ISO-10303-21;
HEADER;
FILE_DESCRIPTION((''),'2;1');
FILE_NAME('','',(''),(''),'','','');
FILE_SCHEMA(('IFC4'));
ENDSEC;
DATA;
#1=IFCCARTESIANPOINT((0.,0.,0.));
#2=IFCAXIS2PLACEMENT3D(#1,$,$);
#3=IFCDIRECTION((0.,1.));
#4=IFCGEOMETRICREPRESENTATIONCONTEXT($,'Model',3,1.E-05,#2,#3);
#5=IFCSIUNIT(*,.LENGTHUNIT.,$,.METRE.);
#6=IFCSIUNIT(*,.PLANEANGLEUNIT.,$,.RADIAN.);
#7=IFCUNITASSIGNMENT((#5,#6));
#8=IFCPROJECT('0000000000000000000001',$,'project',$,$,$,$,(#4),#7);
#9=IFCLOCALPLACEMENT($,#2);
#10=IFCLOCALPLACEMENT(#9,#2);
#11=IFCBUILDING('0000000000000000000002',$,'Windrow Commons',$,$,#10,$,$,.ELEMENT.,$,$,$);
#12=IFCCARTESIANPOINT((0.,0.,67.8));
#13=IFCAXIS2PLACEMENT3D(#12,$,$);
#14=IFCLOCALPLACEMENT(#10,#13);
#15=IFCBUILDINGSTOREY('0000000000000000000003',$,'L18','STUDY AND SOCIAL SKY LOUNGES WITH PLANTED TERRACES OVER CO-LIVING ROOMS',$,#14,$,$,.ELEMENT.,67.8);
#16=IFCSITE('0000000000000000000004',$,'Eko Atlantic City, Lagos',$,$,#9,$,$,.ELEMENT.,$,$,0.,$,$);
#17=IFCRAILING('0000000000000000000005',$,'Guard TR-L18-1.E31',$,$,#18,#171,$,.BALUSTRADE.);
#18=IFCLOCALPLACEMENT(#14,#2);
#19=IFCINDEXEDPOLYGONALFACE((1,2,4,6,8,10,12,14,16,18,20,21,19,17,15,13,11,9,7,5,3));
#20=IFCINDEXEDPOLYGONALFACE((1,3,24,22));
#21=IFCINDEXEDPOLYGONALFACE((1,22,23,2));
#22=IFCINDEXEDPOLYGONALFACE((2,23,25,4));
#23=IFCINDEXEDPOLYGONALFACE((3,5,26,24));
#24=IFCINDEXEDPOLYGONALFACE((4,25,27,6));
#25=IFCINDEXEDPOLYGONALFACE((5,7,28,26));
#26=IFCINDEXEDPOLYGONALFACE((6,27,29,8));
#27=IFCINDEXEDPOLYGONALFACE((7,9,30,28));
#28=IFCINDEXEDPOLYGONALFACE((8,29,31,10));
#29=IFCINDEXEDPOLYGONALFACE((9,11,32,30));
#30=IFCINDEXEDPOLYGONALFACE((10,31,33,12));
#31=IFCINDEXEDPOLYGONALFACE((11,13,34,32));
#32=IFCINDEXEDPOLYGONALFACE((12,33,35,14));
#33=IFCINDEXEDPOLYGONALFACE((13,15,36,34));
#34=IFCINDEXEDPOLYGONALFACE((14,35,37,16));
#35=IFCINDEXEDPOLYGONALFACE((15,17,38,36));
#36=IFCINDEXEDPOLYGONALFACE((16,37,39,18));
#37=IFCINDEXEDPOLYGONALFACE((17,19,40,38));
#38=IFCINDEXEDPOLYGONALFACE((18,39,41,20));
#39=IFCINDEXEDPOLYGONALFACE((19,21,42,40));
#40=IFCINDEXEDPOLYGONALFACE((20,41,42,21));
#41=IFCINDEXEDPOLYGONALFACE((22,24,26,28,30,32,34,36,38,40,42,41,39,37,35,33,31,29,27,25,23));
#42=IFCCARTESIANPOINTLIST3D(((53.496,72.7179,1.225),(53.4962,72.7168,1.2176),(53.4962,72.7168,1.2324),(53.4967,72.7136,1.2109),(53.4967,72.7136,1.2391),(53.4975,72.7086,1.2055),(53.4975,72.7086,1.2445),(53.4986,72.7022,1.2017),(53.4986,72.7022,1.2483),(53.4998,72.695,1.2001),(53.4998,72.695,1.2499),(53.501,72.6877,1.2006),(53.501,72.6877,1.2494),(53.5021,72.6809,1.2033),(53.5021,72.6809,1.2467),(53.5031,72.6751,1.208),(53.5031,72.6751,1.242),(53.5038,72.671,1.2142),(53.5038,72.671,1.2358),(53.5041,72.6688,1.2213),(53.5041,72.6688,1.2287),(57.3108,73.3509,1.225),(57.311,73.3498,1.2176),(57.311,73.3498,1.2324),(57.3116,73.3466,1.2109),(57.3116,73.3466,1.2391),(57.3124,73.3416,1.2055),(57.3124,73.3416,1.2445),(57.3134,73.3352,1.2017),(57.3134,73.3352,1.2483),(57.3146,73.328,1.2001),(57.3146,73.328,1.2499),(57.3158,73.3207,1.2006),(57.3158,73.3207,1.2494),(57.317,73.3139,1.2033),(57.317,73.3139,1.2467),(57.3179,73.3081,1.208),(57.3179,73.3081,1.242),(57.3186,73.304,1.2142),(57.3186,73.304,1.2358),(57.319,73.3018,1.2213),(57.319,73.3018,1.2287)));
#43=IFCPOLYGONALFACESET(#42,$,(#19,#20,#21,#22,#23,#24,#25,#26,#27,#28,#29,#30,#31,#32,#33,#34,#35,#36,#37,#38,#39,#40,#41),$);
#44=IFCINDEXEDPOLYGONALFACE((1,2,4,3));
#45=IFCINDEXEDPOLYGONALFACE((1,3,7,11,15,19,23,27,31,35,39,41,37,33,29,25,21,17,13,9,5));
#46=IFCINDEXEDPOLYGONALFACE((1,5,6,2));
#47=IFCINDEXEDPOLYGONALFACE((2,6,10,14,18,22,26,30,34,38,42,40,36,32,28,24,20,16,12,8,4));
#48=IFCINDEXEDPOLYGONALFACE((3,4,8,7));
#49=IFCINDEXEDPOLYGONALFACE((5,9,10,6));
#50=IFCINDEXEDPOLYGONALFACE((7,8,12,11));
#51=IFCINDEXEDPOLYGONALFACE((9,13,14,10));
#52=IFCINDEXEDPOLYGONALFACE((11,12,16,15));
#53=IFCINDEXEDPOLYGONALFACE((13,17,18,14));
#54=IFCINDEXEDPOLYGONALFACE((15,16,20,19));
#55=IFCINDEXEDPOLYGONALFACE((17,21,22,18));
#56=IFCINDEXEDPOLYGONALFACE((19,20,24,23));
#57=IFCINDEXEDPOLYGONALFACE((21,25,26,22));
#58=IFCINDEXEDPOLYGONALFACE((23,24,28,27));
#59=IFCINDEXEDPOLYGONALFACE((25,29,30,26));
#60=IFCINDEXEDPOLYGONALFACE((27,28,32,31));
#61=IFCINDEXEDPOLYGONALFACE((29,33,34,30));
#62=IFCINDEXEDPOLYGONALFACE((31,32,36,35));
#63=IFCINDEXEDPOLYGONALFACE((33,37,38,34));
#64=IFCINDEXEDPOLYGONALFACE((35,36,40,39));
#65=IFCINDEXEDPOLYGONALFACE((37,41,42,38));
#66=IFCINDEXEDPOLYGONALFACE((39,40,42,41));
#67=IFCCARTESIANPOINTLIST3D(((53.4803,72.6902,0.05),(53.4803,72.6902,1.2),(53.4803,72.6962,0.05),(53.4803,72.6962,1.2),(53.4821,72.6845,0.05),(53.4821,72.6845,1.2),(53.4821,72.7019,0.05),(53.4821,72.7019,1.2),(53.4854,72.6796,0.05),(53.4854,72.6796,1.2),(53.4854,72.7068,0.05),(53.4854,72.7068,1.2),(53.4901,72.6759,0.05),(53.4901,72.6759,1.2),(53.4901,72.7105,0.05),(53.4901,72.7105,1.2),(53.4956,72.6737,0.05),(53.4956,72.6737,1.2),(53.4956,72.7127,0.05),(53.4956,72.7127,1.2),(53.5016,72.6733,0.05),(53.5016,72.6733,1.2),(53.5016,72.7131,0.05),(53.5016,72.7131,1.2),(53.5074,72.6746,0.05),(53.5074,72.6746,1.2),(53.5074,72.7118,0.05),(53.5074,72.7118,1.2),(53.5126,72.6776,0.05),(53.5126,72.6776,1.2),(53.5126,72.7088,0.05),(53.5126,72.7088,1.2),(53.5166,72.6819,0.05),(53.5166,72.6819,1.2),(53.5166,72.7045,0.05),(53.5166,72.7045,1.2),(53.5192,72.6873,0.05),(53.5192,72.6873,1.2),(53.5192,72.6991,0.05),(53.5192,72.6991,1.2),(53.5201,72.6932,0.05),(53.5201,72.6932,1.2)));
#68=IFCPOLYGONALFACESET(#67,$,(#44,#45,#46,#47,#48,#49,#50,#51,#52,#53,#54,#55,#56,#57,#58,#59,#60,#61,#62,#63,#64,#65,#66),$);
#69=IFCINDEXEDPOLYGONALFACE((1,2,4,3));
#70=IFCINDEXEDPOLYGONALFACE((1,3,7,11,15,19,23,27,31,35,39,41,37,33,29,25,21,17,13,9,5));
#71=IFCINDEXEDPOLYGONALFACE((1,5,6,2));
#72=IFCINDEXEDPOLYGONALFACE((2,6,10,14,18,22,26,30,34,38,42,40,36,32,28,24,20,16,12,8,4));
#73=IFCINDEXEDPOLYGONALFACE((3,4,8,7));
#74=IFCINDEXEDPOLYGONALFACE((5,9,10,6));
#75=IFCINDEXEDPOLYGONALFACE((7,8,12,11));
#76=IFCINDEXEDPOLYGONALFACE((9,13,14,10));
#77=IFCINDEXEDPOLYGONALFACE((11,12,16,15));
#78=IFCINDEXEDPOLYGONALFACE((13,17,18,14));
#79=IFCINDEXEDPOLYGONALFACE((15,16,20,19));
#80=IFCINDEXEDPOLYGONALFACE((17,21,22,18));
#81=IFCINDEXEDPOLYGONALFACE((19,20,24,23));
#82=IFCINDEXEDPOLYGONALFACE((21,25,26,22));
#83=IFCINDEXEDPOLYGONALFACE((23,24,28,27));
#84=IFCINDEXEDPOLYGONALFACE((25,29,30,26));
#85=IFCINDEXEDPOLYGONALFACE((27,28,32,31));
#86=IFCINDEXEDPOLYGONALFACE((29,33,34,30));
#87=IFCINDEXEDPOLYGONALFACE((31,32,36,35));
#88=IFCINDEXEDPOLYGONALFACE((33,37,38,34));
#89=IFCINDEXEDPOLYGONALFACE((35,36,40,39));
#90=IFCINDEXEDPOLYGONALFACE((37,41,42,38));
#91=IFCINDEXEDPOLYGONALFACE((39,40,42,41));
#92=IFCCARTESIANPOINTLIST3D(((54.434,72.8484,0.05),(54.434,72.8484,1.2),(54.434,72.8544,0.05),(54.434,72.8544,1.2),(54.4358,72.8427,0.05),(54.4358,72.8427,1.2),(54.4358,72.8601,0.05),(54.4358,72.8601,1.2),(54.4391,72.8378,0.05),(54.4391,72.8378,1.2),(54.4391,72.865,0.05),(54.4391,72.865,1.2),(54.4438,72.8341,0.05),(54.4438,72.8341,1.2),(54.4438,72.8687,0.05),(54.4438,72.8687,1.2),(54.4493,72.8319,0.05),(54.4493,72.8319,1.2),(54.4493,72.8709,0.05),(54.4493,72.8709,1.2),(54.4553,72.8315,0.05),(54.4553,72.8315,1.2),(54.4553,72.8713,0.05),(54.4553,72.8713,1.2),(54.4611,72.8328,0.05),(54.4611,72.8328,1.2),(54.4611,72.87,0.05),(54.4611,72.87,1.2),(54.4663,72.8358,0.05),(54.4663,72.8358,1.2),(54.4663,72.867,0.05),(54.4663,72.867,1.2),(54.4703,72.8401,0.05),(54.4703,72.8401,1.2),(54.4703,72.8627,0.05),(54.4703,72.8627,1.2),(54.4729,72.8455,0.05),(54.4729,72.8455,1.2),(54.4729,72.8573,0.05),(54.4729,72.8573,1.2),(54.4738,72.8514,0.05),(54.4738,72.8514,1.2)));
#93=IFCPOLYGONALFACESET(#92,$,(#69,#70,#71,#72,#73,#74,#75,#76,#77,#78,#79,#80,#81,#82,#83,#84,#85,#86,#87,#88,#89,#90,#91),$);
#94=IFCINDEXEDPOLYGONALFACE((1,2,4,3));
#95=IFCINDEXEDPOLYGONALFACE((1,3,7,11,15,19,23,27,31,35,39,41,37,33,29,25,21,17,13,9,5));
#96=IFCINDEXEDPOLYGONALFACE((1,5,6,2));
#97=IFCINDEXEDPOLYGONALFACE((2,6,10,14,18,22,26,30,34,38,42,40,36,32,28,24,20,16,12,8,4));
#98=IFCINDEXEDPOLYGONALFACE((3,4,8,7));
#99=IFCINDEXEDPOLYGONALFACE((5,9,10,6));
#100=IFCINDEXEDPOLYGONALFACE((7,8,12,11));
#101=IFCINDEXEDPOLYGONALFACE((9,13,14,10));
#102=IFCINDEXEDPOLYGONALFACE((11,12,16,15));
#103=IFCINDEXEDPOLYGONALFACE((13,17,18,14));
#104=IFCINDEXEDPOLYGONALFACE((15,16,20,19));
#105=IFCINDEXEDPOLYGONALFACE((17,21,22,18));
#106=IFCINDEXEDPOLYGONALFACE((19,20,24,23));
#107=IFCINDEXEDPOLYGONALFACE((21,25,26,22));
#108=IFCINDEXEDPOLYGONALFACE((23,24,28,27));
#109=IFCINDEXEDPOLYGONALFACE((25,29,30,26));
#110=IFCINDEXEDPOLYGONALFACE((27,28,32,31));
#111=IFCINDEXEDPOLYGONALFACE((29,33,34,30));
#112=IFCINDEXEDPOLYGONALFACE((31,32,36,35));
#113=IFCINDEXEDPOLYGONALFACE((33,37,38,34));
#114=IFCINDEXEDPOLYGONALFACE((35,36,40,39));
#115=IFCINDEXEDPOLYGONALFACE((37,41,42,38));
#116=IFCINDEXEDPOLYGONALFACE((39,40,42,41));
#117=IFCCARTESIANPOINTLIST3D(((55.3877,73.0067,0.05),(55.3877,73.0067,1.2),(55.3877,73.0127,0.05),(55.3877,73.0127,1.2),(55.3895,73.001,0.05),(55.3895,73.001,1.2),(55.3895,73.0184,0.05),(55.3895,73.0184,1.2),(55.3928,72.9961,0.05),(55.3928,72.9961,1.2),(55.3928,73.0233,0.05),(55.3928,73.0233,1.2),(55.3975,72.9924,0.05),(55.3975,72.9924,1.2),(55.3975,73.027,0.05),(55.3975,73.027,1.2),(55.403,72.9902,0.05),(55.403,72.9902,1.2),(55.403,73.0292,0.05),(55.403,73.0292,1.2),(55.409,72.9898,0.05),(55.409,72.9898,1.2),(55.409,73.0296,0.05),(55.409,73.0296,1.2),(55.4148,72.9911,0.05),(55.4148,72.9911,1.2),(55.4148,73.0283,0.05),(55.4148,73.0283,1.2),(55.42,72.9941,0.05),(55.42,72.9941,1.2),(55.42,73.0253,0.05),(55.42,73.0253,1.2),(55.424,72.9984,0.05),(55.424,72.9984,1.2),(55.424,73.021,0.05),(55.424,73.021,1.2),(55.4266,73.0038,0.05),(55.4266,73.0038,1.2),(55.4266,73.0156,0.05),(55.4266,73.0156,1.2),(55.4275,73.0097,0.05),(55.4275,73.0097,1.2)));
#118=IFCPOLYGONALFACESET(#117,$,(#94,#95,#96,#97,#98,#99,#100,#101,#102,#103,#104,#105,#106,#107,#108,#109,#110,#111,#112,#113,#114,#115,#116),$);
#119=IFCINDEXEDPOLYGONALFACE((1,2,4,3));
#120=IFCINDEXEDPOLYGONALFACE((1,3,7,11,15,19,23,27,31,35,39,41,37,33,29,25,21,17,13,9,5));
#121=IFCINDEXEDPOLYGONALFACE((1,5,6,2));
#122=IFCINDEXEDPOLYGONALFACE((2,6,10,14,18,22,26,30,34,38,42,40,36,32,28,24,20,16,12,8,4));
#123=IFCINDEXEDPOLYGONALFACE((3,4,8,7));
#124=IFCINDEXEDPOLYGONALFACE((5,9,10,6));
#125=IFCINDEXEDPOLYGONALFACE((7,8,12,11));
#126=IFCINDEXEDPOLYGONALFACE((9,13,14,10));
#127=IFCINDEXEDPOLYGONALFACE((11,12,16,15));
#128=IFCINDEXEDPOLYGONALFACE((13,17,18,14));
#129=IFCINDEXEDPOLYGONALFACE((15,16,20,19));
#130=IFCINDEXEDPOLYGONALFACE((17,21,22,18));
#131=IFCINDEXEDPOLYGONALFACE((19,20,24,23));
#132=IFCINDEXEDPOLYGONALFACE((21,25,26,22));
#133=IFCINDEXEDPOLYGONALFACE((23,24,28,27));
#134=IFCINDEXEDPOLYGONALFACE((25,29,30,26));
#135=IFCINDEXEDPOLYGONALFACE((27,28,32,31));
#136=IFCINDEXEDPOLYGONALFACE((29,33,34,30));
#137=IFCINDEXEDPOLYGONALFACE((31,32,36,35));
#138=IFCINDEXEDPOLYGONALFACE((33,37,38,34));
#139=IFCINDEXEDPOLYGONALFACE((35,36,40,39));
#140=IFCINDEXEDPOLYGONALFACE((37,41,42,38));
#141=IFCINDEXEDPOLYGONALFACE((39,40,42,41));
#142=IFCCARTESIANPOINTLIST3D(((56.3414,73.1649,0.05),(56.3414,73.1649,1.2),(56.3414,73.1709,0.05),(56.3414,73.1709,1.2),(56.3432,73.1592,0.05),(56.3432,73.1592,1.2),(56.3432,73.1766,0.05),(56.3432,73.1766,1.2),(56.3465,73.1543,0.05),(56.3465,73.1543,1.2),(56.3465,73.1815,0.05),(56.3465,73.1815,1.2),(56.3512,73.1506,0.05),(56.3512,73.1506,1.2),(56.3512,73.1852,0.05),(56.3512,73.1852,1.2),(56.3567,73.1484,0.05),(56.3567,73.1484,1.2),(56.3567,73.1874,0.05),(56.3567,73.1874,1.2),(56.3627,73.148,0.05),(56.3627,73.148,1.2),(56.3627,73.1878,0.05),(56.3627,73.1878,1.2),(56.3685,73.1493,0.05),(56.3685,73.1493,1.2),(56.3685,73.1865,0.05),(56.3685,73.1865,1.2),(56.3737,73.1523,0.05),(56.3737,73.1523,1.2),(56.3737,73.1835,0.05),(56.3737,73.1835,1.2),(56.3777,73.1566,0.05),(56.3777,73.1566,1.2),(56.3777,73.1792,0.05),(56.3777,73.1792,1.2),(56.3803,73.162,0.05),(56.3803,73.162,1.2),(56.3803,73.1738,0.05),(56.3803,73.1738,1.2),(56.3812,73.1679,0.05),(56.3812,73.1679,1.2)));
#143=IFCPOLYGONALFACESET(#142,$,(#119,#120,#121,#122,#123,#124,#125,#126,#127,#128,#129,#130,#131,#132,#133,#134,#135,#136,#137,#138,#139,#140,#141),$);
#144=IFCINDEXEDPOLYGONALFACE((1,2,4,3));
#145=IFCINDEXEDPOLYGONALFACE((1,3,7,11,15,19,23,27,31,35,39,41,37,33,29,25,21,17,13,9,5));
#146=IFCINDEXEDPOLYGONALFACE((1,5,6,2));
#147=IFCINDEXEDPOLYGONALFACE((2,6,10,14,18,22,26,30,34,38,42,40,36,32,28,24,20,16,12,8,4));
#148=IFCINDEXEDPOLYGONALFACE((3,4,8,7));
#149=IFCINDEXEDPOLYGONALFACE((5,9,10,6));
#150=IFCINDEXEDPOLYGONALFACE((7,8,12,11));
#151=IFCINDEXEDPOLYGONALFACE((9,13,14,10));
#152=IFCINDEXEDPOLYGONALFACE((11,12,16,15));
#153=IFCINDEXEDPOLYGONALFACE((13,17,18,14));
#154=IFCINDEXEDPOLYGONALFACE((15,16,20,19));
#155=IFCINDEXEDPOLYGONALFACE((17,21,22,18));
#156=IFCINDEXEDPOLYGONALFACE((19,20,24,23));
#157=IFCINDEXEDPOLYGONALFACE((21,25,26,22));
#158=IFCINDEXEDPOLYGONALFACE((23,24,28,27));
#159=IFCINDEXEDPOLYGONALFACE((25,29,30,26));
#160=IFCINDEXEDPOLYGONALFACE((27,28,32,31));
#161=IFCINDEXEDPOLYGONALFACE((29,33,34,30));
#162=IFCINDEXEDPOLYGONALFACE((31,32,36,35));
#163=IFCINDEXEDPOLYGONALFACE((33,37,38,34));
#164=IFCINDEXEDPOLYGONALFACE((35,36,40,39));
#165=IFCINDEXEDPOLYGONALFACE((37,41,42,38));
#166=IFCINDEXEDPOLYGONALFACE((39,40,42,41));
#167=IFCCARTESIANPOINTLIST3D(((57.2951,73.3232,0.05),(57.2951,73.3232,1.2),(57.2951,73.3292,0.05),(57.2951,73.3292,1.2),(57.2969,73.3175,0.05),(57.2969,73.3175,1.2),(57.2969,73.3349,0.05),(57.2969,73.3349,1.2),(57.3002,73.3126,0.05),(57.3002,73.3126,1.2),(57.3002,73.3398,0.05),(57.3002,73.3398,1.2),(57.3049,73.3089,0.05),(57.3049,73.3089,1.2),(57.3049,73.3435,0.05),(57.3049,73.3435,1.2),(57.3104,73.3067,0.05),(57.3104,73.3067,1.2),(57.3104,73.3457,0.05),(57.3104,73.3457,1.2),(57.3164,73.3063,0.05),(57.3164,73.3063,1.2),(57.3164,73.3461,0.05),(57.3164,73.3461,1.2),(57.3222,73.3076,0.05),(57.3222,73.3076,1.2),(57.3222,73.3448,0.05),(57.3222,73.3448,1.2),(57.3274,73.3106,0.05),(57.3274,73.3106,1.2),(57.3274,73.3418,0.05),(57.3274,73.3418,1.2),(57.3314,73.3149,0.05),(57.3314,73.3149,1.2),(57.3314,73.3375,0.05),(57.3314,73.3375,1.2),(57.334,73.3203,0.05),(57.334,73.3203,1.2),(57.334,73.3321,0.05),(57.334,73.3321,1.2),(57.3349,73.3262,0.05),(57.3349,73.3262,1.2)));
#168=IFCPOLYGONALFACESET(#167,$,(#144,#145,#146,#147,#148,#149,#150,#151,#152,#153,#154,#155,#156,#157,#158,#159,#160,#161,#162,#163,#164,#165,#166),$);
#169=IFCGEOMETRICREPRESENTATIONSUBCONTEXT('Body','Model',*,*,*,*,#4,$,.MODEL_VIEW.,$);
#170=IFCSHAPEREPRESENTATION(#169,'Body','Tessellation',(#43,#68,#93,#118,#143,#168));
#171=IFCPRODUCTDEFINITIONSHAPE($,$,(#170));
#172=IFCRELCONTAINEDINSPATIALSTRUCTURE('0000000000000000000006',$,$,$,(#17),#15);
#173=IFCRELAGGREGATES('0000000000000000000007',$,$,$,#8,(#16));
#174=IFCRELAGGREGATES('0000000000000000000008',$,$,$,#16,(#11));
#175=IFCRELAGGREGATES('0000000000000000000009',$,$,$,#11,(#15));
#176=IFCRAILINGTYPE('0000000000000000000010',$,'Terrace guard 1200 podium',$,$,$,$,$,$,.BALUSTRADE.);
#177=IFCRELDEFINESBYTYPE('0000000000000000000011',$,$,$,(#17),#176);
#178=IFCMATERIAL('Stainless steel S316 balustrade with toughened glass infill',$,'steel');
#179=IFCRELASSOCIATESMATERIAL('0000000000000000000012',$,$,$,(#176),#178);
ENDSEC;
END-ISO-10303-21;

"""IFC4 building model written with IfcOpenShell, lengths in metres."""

from ifc_helpers import new_model, si_unit, direction, frame, origin, origin_2d, place, context, subcontext, project, spatial, circle, extrude, material, type_object, element, save


model = new_model("IFC4")

# Units and contexts
model_context = context("Model", 3, precision=1e-05, world=origin(), true_north=direction((0.0, 1.0)))
body_context = subcontext(model_context, "Body", "Model", "MODEL_VIEW")
ifc_project = project(units=[si_unit("LENGTHUNIT", "METRE"), si_unit("PLANEANGLEUNIT", "RADIAN")], contexts=[model_context])

# Site, building, storey
site_placement = place(None, origin())
site = spatial("IfcSite", under=ifc_project, at=site_placement, Name="Eko Atlantic City, Lagos", CompositionType="ELEMENT", RefElevation=0.0)
building_placement = place(site_placement, origin())
building = spatial("IfcBuilding", under=site, at=building_placement, Name="Windrow Commons", CompositionType="ELEMENT")
storey_placement = place(building_placement, frame((0.0, 0.0, 67.8)))
storey = spatial("IfcBuildingStorey", under=building, at=storey_placement, Name="L18", Description="STUDY AND SOCIAL SKY LOUNGES WITH PLANTED TERRACES OVER CO-LIVING ROOMS", CompositionType="ELEMENT", Elevation=67.8)

# Railing
ifc_material_1 = material(Name="Stainless steel S316 balustrade with toughened glass infill", Category="steel")
railing_type_1 = type_object("IfcRailingType", Name="Terrace guard 1200 podium", PredefinedType="BALUSTRADE", material=ifc_material_1)
railing_1_placement = place(storey_placement, frame((53.5001, 72.6932, 0.05)))
element("IfcRailing", 1, at=railing_1_placement, inside=storey, type_object=railing_type_1, Name="Guard TR-L18-1.E31", PredefinedType="BALUSTRADE", context=body_context, shape_type="SweptSolid", body=[
    extrude(circle(Radius=0.025, at=origin_2d()), frame((0.0, 0.0, 1.175), z_axis=(0.986511, 0.163694, 0.0), x_axis=(-0.163694, 0.986511, 0.0)), (0.0, 0.0, 1.0), 3.867),
    extrude(circle(Radius=0.02, at=origin_2d()), origin(), (0.0, 0.0, 1.0), 1.15),
    extrude(circle(Radius=0.02, at=origin_2d()), frame((0.9537, 0.1582, 0.0)), (0.0, 0.0, 1.0), 1.15),
    extrude(circle(Radius=0.02, at=origin_2d()), frame((1.9074, 0.3165, 0.0)), (0.0, 0.0, 1.0), 1.15),
    extrude(circle(Radius=0.02, at=origin_2d()), frame((2.8611, 0.4747, 0.0)), (0.0, 0.0, 1.0), 1.15),
    extrude(circle(Radius=0.02, at=origin_2d()), frame((3.8148, 0.633, 0.0)), (0.0, 0.0, 1.0), 1.15),
])

save(model, "model.ifc")
